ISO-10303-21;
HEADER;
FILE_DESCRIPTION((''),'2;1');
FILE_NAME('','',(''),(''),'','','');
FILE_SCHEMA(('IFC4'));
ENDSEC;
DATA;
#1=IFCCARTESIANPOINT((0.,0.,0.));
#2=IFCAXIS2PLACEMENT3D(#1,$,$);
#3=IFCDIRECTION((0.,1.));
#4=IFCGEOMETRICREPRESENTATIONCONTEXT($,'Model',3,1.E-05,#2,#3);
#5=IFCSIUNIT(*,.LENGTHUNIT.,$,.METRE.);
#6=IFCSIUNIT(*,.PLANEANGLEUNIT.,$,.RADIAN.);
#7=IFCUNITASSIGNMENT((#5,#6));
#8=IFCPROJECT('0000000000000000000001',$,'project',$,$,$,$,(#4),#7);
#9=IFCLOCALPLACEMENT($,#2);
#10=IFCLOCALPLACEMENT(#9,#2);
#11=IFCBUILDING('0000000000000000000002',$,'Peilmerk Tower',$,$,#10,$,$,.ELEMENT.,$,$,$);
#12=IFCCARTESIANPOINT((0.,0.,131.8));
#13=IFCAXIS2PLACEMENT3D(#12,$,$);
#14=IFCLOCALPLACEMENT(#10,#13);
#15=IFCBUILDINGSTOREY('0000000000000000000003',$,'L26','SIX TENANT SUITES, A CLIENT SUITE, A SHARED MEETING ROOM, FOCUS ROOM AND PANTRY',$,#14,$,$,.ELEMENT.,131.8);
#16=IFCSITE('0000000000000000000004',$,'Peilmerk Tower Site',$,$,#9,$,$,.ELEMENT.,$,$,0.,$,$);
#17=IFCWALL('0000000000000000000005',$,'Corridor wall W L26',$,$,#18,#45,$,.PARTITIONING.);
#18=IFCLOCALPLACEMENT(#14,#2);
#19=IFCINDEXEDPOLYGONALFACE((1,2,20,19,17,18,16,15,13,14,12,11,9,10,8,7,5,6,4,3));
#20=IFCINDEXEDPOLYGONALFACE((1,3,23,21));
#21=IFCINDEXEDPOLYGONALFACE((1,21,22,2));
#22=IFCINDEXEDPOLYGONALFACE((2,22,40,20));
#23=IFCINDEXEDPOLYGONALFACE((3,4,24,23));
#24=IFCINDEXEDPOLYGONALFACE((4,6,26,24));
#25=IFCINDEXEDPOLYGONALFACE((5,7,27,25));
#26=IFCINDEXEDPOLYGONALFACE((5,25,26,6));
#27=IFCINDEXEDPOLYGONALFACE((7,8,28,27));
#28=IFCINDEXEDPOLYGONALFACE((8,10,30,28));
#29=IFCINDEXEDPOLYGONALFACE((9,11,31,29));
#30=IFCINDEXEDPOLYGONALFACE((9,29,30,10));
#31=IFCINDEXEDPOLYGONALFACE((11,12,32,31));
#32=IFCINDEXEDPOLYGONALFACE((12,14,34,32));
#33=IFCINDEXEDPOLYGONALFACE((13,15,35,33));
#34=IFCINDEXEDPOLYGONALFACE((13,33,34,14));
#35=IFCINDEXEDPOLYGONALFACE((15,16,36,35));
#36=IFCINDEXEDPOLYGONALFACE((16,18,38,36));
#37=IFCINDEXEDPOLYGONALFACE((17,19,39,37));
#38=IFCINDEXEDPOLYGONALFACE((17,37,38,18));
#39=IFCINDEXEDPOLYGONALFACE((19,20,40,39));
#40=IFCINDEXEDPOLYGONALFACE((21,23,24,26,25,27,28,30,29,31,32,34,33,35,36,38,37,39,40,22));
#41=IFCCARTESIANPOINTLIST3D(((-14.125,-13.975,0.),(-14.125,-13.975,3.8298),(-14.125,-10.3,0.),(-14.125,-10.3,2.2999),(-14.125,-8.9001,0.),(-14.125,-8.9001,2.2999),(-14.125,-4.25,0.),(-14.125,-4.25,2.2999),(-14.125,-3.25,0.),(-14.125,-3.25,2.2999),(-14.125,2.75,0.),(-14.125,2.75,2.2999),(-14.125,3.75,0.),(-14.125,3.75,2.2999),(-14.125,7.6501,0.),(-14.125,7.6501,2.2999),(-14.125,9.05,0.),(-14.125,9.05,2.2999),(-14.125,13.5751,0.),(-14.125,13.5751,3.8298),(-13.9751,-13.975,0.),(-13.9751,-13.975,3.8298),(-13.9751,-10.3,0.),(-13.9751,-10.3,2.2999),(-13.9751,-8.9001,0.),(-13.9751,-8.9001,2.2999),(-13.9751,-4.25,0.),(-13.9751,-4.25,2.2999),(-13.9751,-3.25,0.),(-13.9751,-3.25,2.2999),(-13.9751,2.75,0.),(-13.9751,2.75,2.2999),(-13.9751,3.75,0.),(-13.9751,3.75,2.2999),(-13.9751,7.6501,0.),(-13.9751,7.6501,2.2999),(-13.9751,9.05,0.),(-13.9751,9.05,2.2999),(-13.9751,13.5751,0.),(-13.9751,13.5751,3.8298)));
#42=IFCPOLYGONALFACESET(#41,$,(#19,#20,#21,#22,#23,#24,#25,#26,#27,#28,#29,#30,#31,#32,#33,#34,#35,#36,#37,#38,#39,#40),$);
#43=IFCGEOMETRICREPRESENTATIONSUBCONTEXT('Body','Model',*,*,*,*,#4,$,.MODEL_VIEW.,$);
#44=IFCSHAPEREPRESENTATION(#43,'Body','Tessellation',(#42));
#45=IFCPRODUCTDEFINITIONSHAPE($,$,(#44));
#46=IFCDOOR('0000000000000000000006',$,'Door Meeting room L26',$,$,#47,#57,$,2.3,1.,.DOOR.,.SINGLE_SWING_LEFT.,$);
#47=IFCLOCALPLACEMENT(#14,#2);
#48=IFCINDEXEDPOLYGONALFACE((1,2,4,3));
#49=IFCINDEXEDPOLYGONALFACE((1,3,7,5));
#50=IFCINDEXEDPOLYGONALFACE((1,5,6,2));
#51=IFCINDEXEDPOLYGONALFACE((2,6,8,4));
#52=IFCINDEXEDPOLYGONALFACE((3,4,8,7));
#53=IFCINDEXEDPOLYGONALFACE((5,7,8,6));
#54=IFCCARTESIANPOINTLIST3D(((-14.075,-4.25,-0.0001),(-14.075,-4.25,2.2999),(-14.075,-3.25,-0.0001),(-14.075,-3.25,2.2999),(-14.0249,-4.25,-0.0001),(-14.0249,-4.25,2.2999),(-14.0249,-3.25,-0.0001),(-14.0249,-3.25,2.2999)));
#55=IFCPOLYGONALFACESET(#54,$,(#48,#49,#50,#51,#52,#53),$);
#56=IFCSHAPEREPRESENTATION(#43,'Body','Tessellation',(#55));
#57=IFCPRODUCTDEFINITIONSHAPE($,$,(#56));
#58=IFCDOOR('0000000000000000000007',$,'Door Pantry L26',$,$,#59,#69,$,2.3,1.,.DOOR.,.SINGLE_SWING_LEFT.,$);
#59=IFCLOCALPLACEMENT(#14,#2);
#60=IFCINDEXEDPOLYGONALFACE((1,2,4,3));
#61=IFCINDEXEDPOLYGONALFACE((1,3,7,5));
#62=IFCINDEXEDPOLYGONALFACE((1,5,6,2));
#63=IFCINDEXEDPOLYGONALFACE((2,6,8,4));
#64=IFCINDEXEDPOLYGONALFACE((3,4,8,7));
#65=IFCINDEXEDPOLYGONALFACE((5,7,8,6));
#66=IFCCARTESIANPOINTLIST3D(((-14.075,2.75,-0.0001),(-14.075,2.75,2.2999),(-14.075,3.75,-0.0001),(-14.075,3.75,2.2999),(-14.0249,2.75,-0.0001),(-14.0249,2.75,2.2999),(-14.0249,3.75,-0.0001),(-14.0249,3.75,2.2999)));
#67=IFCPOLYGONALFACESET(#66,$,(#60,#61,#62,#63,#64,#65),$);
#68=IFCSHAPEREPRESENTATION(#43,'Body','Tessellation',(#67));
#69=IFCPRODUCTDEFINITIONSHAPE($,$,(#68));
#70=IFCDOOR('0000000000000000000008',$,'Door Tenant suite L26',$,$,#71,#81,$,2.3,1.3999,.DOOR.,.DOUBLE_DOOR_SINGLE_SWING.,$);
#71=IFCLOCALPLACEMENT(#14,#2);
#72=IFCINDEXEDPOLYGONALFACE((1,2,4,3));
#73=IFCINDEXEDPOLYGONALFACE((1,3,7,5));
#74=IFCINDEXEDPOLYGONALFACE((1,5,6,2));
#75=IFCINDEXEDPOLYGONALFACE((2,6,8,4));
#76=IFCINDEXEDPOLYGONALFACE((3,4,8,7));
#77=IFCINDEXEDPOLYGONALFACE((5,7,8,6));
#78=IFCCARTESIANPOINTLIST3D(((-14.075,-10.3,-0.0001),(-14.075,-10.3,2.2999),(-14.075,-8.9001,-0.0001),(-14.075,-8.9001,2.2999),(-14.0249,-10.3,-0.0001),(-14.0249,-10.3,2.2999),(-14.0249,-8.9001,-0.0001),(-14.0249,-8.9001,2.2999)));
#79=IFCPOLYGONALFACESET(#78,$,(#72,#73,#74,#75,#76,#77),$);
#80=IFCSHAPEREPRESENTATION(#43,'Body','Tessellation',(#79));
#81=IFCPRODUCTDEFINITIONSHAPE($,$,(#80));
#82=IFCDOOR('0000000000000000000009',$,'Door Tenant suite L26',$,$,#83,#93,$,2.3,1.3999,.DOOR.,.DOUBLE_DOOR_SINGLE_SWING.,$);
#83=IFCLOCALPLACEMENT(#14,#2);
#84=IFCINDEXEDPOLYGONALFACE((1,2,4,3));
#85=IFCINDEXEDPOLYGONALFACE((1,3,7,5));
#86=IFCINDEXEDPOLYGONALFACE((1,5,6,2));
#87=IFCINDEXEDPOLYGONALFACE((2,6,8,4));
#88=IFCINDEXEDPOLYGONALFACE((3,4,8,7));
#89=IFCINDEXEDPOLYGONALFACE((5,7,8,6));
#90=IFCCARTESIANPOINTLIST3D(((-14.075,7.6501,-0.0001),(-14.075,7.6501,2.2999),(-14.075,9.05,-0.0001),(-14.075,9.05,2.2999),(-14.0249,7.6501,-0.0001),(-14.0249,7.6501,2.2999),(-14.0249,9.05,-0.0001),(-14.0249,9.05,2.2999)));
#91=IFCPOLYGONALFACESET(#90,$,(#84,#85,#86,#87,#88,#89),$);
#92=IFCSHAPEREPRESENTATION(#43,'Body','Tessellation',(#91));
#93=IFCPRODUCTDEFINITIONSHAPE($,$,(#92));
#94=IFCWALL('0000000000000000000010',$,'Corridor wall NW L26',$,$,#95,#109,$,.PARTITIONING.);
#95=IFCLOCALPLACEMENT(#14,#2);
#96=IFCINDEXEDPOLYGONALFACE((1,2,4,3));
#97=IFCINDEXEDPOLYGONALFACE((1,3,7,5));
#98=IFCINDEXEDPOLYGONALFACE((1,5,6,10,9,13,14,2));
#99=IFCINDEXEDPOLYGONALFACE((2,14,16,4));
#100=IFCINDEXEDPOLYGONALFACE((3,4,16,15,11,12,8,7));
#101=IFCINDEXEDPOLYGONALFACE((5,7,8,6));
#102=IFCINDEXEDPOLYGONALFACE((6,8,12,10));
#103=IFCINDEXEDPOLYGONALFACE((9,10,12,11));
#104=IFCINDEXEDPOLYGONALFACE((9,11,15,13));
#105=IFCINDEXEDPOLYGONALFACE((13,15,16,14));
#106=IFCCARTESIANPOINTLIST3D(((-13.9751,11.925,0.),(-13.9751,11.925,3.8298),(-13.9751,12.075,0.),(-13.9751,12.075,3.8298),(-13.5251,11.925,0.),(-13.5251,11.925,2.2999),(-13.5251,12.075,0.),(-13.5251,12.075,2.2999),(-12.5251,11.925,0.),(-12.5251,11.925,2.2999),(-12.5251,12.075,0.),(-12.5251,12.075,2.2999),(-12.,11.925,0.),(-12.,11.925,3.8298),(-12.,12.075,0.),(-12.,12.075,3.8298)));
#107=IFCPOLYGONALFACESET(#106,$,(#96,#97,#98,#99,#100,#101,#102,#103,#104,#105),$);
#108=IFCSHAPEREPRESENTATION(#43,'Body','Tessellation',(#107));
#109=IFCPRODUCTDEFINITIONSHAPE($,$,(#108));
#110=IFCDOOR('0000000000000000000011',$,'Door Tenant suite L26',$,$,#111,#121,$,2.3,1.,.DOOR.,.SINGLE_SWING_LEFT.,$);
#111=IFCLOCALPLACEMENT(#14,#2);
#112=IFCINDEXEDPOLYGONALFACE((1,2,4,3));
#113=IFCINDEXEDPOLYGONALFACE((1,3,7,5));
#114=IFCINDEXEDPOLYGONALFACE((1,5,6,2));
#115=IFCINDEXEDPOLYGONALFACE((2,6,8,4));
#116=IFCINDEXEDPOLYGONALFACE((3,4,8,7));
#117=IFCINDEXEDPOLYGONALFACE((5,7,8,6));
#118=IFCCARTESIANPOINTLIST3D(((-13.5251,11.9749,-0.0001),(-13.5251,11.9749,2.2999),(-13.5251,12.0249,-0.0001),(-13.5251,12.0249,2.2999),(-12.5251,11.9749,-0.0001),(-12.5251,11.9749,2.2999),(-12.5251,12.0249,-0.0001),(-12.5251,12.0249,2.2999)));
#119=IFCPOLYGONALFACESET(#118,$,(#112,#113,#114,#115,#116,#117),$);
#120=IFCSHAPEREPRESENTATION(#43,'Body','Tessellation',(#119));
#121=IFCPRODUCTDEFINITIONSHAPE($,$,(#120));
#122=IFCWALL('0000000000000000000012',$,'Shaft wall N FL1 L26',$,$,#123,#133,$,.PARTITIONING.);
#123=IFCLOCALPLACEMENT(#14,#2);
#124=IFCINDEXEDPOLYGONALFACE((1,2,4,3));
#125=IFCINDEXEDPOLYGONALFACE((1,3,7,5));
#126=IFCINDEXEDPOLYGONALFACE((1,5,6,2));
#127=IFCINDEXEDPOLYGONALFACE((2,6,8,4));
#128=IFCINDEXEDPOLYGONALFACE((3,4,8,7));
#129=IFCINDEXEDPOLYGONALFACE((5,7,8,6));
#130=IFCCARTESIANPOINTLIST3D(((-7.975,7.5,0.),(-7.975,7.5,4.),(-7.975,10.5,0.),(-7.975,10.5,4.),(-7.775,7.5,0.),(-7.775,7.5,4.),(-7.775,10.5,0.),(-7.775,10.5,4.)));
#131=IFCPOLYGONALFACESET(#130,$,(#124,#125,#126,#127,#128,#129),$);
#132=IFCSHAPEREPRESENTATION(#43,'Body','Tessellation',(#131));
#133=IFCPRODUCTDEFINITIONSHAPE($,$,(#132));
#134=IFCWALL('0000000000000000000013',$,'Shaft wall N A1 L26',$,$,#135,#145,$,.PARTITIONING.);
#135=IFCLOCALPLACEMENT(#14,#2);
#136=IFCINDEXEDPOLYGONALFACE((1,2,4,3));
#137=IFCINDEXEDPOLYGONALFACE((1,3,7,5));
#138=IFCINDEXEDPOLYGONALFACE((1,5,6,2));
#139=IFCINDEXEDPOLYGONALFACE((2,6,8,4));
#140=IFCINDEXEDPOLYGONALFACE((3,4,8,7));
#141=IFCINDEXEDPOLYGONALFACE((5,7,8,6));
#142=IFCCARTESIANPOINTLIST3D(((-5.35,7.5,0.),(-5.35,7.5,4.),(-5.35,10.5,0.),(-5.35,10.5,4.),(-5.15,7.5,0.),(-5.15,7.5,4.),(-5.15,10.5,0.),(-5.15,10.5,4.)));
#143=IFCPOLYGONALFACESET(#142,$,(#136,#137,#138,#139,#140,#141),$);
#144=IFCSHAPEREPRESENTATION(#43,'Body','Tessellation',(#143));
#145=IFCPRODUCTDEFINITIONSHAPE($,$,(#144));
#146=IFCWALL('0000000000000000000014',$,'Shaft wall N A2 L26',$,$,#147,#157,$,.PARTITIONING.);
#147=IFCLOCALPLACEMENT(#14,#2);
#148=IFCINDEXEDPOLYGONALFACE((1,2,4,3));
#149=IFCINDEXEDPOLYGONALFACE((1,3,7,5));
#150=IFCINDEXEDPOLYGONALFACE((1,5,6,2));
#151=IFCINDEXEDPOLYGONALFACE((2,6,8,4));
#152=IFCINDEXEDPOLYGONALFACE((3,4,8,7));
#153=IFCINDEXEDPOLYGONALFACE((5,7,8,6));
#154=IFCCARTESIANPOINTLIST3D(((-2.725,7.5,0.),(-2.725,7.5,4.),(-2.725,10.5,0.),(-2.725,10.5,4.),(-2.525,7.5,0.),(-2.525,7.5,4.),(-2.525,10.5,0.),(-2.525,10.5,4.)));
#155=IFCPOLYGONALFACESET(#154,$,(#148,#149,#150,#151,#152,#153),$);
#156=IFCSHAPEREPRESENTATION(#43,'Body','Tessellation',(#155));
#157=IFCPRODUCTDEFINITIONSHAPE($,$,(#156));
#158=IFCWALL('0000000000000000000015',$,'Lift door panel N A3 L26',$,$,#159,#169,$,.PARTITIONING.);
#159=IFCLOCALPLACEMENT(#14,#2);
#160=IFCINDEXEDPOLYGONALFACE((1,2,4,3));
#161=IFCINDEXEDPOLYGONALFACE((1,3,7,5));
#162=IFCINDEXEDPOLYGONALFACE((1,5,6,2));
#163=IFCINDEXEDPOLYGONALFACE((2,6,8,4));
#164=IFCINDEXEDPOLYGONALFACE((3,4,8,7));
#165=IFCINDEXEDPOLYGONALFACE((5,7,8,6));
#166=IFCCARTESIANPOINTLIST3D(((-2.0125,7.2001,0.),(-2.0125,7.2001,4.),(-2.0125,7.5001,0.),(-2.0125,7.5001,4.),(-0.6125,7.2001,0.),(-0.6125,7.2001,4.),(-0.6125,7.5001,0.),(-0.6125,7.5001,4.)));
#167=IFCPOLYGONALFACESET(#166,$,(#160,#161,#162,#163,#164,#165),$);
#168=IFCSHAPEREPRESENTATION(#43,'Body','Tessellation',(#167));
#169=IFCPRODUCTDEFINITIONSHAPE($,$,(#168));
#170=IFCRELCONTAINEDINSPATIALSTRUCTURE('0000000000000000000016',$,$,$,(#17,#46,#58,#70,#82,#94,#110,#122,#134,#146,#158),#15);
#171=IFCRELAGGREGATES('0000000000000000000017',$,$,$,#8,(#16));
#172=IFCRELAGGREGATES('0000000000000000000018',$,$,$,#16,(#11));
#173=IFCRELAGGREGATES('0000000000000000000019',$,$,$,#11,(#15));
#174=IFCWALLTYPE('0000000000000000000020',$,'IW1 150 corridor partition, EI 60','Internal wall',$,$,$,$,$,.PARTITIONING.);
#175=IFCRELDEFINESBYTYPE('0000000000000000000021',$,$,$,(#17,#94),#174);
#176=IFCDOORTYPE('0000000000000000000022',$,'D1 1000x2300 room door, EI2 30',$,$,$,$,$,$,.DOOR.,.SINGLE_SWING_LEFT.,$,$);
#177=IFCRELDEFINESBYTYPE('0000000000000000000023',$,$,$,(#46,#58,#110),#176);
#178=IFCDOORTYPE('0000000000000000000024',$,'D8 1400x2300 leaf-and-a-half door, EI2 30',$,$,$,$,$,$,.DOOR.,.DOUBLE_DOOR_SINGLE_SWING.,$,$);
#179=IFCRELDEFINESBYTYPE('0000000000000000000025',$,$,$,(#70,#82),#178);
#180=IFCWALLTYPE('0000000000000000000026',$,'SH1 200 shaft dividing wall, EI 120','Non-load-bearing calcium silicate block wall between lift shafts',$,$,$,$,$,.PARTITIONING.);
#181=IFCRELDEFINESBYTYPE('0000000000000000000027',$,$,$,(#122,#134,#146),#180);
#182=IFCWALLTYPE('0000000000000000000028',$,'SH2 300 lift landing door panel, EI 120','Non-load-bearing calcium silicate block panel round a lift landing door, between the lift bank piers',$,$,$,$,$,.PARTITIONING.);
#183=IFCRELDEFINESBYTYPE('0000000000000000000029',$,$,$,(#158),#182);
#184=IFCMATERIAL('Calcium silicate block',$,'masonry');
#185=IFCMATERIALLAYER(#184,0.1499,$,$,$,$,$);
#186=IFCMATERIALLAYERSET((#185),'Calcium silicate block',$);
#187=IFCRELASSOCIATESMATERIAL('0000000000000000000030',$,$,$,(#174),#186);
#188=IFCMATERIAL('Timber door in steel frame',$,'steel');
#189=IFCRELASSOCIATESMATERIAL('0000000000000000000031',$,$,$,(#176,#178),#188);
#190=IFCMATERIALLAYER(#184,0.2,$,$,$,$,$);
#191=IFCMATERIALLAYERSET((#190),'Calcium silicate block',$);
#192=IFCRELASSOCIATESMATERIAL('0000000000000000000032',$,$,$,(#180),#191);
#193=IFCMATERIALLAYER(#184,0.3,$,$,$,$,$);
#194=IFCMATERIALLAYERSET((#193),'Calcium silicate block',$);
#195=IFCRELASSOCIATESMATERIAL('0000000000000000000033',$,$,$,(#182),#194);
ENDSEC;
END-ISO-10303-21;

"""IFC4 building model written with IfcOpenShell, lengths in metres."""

from ifc_helpers import new_model, si_unit, direction, frame, frame_2d, origin, place, context, subcontext, project, spatial, rectangle, extrude, material, layer, layer_set, type_object, element, fill, save


model = new_model("IFC4")

# Units and contexts
model_context = context("Model", 3, precision=1e-05, world=origin(), true_north=direction((0.0, 1.0)))
body_context = subcontext(model_context, "Body", "Model", "MODEL_VIEW")
ifc_project = project(units=[si_unit("LENGTHUNIT", "METRE"), si_unit("PLANEANGLEUNIT", "RADIAN")], contexts=[model_context])

# Site, building, storey
site_placement = place(None, origin())
site = spatial("IfcSite", under=ifc_project, at=site_placement, Name="Peilmerk Tower Site", CompositionType="ELEMENT", RefElevation=0.0)
building_placement = place(site_placement, origin())
building = spatial("IfcBuilding", under=site, at=building_placement, Name="Peilmerk Tower", CompositionType="ELEMENT")
storey_placement = place(building_placement, frame((0.0, 0.0, 131.8)))
storey = spatial("IfcBuildingStorey", under=building, at=storey_placement, Name="L26", Description="SIX TENANT SUITES, A CLIENT SUITE, A SHARED MEETING ROOM, FOCUS ROOM AND PANTRY", CompositionType="ELEMENT", Elevation=131.8)

# Wall, openings, doors
ifc_material_1 = material(Name="Calcium silicate block", Category="masonry")
ifc_layer_1 = layer(ifc_material_1, 0.1499)
ifc_layer_set_1 = layer_set([ifc_layer_1], Name="Calcium silicate block")
wall_type_1 = type_object("IfcWallType", Name="IW1 150 corridor partition, EI 60", Description="Internal wall", PredefinedType="PARTITIONING", material=ifc_layer_set_1)
wall_1_placement = place(storey_placement, frame((-14.05, 13.575, 0.0), z_axis=(0.0, 0.0, 1.0), x_axis=(0.0, -1.0, 0.0)))
wall_1 = element("IfcWall", 1, at=wall_1_placement, inside=storey, type_object=wall_type_1, Name="Corridor wall W L26", PredefinedType="PARTITIONING", context=body_context, shape_type="SweptSolid", body=[
    extrude(rectangle(XDim=27.55, YDim=0.1499, at=frame_2d((13.7749, 0.0))), origin(), (0.0, 0.0, 1.0), 3.8298),
])
opening_1_placement = place(wall_1_placement, frame((22.4751, 0.0, 0.0)))
opening_1 = element("IfcOpeningElement", 2, at=opening_1_placement, cuts=wall_1, PredefinedType="OPENING", context=body_context, shape_type="SweptSolid", body=[
    extrude(rectangle(XDim=1.3999, YDim=2.3, at=frame_2d((0.7, 1.1499))), frame((0.0, 0.085, 0.0), z_axis=(0.0, -1.0, 0.0), x_axis=(1.0, 0.0, 0.0)), (0.0, 0.0, 1.0), 0.1699),
])
opening_2_placement = place(wall_1_placement, frame((4.5249, 0.0, 0.0)))
opening_2 = element("IfcOpeningElement", 3, at=opening_2_placement, cuts=wall_1, PredefinedType="OPENING", context=body_context, shape_type="SweptSolid", body=[
    extrude(rectangle(XDim=1.3999, YDim=2.3, at=frame_2d((0.7, 1.1499))), frame((0.0, 0.085, 0.0), z_axis=(0.0, -1.0, 0.0), x_axis=(1.0, 0.0, 0.0)), (0.0, 0.0, 1.0), 0.1699),
])
opening_3_placement = place(wall_1_placement, frame((16.825, 0.0, 0.0)))
opening_3 = element("IfcOpeningElement", 4, at=opening_3_placement, cuts=wall_1, PredefinedType="OPENING", context=body_context, shape_type="SweptSolid", body=[
    extrude(rectangle(XDim=1.0, YDim=2.3, at=frame_2d((0.5, 1.1499))), frame((0.0, 0.085, 0.0), z_axis=(0.0, -1.0, 0.0), x_axis=(1.0, 0.0, 0.0)), (0.0, 0.0, 1.0), 0.1699),
])
opening_4_placement = place(wall_1_placement, frame((9.825, 0.0, 0.0)))
opening_4 = element("IfcOpeningElement", 5, at=opening_4_placement, cuts=wall_1, PredefinedType="OPENING", context=body_context, shape_type="SweptSolid", body=[
    extrude(rectangle(XDim=1.0, YDim=2.3, at=frame_2d((0.5, 1.1499))), frame((0.0, 0.085, 0.0), z_axis=(0.0, -1.0, 0.0), x_axis=(1.0, 0.0, 0.0)), (0.0, 0.0, 1.0), 0.1699),
])
ifc_material_2 = material(Name="Timber door in steel frame", Category="steel")
door_type_1 = type_object("IfcDoorType", Name="D1 1000x2300 room door, EI2 30", OperationType="SINGLE_SWING_LEFT", PredefinedType="DOOR", material=ifc_material_2)
door_1_placement = place(opening_3_placement, frame((1.0, 0.0, 0.0), z_axis=(0.0, 0.0, 1.0), x_axis=(-1.0, 0.0, 0.0)))
door_1 = element("IfcDoor", 6, at=door_1_placement, inside=storey, type_object=door_type_1, Name="Door Meeting room L26", OperationType="SINGLE_SWING_LEFT", OverallHeight=2.3, OverallWidth=1.0, PredefinedType="DOOR", context=body_context, shape_type="SweptSolid", body=[
    extrude(rectangle(XDim=1.0, YDim=2.3, at=frame_2d((0.5, 1.1499))), frame((0.0, 0.0249, 0.0), z_axis=(0.0, -1.0, 0.0), x_axis=(1.0, 0.0, 0.0)), (0.0, 0.0, 1.0), 0.05),
])
fill(opening_3, door_1)
door_2_placement = place(opening_4_placement, frame((1.0, 0.0, 0.0), z_axis=(0.0, 0.0, 1.0), x_axis=(-1.0, 0.0, 0.0)))
door_2 = element("IfcDoor", 7, at=door_2_placement, inside=storey, type_object=door_type_1, Name="Door Pantry L26", OperationType="SINGLE_SWING_LEFT", OverallHeight=2.3, OverallWidth=1.0, PredefinedType="DOOR", context=body_context, shape_type="SweptSolid", body=[
    extrude(rectangle(XDim=1.0, YDim=2.3, at=frame_2d((0.5, 1.1499))), frame((0.0, 0.0249, 0.0), z_axis=(0.0, -1.0, 0.0), x_axis=(1.0, 0.0, 0.0)), (0.0, 0.0, 1.0), 0.05),
])
fill(opening_4, door_2)
door_type_2 = type_object("IfcDoorType", Name="D8 1400x2300 leaf-and-a-half door, EI2 30", OperationType="DOUBLE_DOOR_SINGLE_SWING", PredefinedType="DOOR", material=ifc_material_2)
door_3_placement = place(opening_1_placement, frame((1.3999, 0.0, 0.0), z_axis=(0.0, 0.0, 1.0), x_axis=(-1.0, 0.0, 0.0)))
door_3 = element("IfcDoor", 8, at=door_3_placement, inside=storey, type_object=door_type_2, Name="Door Tenant suite L26", OperationType="DOUBLE_DOOR_SINGLE_SWING", OverallHeight=2.3, OverallWidth=1.3999, PredefinedType="DOOR", context=body_context, shape_type="SweptSolid", body=[
    extrude(rectangle(XDim=1.3999, YDim=2.3, at=frame_2d((0.7, 1.1499))), frame((0.0, 0.0249, 0.0), z_axis=(0.0, -1.0, 0.0), x_axis=(1.0, 0.0, 0.0)), (0.0, 0.0, 1.0), 0.05),
])
fill(opening_1, door_3)
door_4_placement = place(opening_2_placement, frame((1.3999, 0.0, 0.0), z_axis=(0.0, 0.0, 1.0), x_axis=(-1.0, 0.0, 0.0)))
door_4 = element("IfcDoor", 9, at=door_4_placement, inside=storey, type_object=door_type_2, Name="Door Tenant suite L26", OperationType="DOUBLE_DOOR_SINGLE_SWING", OverallHeight=2.3, OverallWidth=1.3999, PredefinedType="DOOR", context=body_context, shape_type="SweptSolid", body=[
    extrude(rectangle(XDim=1.3999, YDim=2.3, at=frame_2d((0.7, 1.1499))), frame((0.0, 0.0249, 0.0), z_axis=(0.0, -1.0, 0.0), x_axis=(1.0, 0.0, 0.0)), (0.0, 0.0, 1.0), 0.05),
])
fill(opening_2, door_4)

# Wall, opening, door
wall_2_placement = place(storey_placement, frame((-13.9751, 12.0, 0.0), z_axis=(0.0, 0.0, 1.0), x_axis=(1.0, 0.0, 0.0)))
wall_2 = element("IfcWall", 10, at=wall_2_placement, inside=storey, type_object=wall_type_1, Name="Corridor wall NW L26", PredefinedType="PARTITIONING", context=body_context, shape_type="SweptSolid", body=[
    extrude(rectangle(XDim=1.9751, YDim=0.1499, at=frame_2d((0.9875, 0.0))), origin(), (0.0, 0.0, 1.0), 3.8298),
])
opening_5_placement = place(wall_2_placement, frame((0.45, 0.0, 0.0)))
opening_5 = element("IfcOpeningElement", 11, at=opening_5_placement, cuts=wall_2, PredefinedType="OPENING", context=body_context, shape_type="SweptSolid", body=[
    extrude(rectangle(XDim=1.0, YDim=2.3, at=frame_2d((0.5, 1.1499))), frame((0.0, 0.085, 0.0), z_axis=(0.0, -1.0, 0.0), x_axis=(1.0, 0.0, 0.0)), (0.0, 0.0, 1.0), 0.1699),
])
door_5_placement = place(opening_5_placement, origin())
door_5 = element("IfcDoor", 12, at=door_5_placement, inside=storey, type_object=door_type_1, Name="Door Tenant suite L26", OperationType="SINGLE_SWING_LEFT", OverallHeight=2.3, OverallWidth=1.0, PredefinedType="DOOR", context=body_context, shape_type="SweptSolid", body=[
    extrude(rectangle(XDim=1.0, YDim=2.3, at=frame_2d((0.5, 1.1499))), frame((0.0, 0.0249, 0.0), z_axis=(0.0, -1.0, 0.0), x_axis=(1.0, 0.0, 0.0)), (0.0, 0.0, 1.0), 0.05),
])
fill(opening_5, door_5)

# Walls
ifc_layer_2 = layer(ifc_material_1, 0.2)
ifc_layer_set_2 = layer_set([ifc_layer_2], Name="Calcium silicate block")
wall_type_2 = type_object("IfcWallType", Name="SH1 200 shaft dividing wall, EI 120", Description="Non-load-bearing calcium silicate block wall between lift shafts", PredefinedType="PARTITIONING", material=ifc_layer_set_2)
for number, where, z_axis, x_axis, name in (
    (13, (-7.875, 7.5, 0.0), (0.0, 0.0, 1.0), (0.0, 1.0, 0.0), "Shaft wall N FL1 L26"),
    (14, (-5.25, 7.5, 0.0), (0.0, 0.0, 1.0), (0.0, 1.0, 0.0), "Shaft wall N A1 L26"),
    (15, (-2.625, 7.5, 0.0), (0.0, 0.0, 1.0), (0.0, 1.0, 0.0), "Shaft wall N A2 L26"),
):
    element("IfcWall", number, at=place(storey_placement, frame(where, z_axis=z_axis, x_axis=x_axis)), inside=storey, type_object=wall_type_2, Name=name, PredefinedType="PARTITIONING", context=body_context, shape_type="SweptSolid", body=[
        extrude(rectangle(XDim=3.0, YDim=0.2, at=frame_2d((1.5, 0.0))), origin(), (0.0, 0.0, 1.0), 4.0),
    ])
ifc_layer_3 = layer(ifc_material_1, 0.3)
ifc_layer_set_3 = layer_set([ifc_layer_3], Name="Calcium silicate block")
wall_type_3 = type_object("IfcWallType", Name="SH2 300 lift landing door panel, EI 120", Description="Non-load-bearing calcium silicate block panel round a lift landing door, between the lift bank piers", PredefinedType="PARTITIONING", material=ifc_layer_set_3)
wall_3_placement = place(storey_placement, frame((-2.0125, 7.3501, 0.0), z_axis=(0.0, 0.0, 1.0), x_axis=(1.0, 0.0, 0.0)))
element("IfcWall", 16, at=wall_3_placement, inside=storey, type_object=wall_type_3, Name="Lift door panel N A3 L26", PredefinedType="PARTITIONING", context=body_context, shape_type="SweptSolid", body=[
    extrude(rectangle(XDim=1.3999, YDim=0.3, at=frame_2d((0.7, 0.0))), origin(), (0.0, 0.0, 1.0), 4.0),
])

save(model, "model.ifc")
